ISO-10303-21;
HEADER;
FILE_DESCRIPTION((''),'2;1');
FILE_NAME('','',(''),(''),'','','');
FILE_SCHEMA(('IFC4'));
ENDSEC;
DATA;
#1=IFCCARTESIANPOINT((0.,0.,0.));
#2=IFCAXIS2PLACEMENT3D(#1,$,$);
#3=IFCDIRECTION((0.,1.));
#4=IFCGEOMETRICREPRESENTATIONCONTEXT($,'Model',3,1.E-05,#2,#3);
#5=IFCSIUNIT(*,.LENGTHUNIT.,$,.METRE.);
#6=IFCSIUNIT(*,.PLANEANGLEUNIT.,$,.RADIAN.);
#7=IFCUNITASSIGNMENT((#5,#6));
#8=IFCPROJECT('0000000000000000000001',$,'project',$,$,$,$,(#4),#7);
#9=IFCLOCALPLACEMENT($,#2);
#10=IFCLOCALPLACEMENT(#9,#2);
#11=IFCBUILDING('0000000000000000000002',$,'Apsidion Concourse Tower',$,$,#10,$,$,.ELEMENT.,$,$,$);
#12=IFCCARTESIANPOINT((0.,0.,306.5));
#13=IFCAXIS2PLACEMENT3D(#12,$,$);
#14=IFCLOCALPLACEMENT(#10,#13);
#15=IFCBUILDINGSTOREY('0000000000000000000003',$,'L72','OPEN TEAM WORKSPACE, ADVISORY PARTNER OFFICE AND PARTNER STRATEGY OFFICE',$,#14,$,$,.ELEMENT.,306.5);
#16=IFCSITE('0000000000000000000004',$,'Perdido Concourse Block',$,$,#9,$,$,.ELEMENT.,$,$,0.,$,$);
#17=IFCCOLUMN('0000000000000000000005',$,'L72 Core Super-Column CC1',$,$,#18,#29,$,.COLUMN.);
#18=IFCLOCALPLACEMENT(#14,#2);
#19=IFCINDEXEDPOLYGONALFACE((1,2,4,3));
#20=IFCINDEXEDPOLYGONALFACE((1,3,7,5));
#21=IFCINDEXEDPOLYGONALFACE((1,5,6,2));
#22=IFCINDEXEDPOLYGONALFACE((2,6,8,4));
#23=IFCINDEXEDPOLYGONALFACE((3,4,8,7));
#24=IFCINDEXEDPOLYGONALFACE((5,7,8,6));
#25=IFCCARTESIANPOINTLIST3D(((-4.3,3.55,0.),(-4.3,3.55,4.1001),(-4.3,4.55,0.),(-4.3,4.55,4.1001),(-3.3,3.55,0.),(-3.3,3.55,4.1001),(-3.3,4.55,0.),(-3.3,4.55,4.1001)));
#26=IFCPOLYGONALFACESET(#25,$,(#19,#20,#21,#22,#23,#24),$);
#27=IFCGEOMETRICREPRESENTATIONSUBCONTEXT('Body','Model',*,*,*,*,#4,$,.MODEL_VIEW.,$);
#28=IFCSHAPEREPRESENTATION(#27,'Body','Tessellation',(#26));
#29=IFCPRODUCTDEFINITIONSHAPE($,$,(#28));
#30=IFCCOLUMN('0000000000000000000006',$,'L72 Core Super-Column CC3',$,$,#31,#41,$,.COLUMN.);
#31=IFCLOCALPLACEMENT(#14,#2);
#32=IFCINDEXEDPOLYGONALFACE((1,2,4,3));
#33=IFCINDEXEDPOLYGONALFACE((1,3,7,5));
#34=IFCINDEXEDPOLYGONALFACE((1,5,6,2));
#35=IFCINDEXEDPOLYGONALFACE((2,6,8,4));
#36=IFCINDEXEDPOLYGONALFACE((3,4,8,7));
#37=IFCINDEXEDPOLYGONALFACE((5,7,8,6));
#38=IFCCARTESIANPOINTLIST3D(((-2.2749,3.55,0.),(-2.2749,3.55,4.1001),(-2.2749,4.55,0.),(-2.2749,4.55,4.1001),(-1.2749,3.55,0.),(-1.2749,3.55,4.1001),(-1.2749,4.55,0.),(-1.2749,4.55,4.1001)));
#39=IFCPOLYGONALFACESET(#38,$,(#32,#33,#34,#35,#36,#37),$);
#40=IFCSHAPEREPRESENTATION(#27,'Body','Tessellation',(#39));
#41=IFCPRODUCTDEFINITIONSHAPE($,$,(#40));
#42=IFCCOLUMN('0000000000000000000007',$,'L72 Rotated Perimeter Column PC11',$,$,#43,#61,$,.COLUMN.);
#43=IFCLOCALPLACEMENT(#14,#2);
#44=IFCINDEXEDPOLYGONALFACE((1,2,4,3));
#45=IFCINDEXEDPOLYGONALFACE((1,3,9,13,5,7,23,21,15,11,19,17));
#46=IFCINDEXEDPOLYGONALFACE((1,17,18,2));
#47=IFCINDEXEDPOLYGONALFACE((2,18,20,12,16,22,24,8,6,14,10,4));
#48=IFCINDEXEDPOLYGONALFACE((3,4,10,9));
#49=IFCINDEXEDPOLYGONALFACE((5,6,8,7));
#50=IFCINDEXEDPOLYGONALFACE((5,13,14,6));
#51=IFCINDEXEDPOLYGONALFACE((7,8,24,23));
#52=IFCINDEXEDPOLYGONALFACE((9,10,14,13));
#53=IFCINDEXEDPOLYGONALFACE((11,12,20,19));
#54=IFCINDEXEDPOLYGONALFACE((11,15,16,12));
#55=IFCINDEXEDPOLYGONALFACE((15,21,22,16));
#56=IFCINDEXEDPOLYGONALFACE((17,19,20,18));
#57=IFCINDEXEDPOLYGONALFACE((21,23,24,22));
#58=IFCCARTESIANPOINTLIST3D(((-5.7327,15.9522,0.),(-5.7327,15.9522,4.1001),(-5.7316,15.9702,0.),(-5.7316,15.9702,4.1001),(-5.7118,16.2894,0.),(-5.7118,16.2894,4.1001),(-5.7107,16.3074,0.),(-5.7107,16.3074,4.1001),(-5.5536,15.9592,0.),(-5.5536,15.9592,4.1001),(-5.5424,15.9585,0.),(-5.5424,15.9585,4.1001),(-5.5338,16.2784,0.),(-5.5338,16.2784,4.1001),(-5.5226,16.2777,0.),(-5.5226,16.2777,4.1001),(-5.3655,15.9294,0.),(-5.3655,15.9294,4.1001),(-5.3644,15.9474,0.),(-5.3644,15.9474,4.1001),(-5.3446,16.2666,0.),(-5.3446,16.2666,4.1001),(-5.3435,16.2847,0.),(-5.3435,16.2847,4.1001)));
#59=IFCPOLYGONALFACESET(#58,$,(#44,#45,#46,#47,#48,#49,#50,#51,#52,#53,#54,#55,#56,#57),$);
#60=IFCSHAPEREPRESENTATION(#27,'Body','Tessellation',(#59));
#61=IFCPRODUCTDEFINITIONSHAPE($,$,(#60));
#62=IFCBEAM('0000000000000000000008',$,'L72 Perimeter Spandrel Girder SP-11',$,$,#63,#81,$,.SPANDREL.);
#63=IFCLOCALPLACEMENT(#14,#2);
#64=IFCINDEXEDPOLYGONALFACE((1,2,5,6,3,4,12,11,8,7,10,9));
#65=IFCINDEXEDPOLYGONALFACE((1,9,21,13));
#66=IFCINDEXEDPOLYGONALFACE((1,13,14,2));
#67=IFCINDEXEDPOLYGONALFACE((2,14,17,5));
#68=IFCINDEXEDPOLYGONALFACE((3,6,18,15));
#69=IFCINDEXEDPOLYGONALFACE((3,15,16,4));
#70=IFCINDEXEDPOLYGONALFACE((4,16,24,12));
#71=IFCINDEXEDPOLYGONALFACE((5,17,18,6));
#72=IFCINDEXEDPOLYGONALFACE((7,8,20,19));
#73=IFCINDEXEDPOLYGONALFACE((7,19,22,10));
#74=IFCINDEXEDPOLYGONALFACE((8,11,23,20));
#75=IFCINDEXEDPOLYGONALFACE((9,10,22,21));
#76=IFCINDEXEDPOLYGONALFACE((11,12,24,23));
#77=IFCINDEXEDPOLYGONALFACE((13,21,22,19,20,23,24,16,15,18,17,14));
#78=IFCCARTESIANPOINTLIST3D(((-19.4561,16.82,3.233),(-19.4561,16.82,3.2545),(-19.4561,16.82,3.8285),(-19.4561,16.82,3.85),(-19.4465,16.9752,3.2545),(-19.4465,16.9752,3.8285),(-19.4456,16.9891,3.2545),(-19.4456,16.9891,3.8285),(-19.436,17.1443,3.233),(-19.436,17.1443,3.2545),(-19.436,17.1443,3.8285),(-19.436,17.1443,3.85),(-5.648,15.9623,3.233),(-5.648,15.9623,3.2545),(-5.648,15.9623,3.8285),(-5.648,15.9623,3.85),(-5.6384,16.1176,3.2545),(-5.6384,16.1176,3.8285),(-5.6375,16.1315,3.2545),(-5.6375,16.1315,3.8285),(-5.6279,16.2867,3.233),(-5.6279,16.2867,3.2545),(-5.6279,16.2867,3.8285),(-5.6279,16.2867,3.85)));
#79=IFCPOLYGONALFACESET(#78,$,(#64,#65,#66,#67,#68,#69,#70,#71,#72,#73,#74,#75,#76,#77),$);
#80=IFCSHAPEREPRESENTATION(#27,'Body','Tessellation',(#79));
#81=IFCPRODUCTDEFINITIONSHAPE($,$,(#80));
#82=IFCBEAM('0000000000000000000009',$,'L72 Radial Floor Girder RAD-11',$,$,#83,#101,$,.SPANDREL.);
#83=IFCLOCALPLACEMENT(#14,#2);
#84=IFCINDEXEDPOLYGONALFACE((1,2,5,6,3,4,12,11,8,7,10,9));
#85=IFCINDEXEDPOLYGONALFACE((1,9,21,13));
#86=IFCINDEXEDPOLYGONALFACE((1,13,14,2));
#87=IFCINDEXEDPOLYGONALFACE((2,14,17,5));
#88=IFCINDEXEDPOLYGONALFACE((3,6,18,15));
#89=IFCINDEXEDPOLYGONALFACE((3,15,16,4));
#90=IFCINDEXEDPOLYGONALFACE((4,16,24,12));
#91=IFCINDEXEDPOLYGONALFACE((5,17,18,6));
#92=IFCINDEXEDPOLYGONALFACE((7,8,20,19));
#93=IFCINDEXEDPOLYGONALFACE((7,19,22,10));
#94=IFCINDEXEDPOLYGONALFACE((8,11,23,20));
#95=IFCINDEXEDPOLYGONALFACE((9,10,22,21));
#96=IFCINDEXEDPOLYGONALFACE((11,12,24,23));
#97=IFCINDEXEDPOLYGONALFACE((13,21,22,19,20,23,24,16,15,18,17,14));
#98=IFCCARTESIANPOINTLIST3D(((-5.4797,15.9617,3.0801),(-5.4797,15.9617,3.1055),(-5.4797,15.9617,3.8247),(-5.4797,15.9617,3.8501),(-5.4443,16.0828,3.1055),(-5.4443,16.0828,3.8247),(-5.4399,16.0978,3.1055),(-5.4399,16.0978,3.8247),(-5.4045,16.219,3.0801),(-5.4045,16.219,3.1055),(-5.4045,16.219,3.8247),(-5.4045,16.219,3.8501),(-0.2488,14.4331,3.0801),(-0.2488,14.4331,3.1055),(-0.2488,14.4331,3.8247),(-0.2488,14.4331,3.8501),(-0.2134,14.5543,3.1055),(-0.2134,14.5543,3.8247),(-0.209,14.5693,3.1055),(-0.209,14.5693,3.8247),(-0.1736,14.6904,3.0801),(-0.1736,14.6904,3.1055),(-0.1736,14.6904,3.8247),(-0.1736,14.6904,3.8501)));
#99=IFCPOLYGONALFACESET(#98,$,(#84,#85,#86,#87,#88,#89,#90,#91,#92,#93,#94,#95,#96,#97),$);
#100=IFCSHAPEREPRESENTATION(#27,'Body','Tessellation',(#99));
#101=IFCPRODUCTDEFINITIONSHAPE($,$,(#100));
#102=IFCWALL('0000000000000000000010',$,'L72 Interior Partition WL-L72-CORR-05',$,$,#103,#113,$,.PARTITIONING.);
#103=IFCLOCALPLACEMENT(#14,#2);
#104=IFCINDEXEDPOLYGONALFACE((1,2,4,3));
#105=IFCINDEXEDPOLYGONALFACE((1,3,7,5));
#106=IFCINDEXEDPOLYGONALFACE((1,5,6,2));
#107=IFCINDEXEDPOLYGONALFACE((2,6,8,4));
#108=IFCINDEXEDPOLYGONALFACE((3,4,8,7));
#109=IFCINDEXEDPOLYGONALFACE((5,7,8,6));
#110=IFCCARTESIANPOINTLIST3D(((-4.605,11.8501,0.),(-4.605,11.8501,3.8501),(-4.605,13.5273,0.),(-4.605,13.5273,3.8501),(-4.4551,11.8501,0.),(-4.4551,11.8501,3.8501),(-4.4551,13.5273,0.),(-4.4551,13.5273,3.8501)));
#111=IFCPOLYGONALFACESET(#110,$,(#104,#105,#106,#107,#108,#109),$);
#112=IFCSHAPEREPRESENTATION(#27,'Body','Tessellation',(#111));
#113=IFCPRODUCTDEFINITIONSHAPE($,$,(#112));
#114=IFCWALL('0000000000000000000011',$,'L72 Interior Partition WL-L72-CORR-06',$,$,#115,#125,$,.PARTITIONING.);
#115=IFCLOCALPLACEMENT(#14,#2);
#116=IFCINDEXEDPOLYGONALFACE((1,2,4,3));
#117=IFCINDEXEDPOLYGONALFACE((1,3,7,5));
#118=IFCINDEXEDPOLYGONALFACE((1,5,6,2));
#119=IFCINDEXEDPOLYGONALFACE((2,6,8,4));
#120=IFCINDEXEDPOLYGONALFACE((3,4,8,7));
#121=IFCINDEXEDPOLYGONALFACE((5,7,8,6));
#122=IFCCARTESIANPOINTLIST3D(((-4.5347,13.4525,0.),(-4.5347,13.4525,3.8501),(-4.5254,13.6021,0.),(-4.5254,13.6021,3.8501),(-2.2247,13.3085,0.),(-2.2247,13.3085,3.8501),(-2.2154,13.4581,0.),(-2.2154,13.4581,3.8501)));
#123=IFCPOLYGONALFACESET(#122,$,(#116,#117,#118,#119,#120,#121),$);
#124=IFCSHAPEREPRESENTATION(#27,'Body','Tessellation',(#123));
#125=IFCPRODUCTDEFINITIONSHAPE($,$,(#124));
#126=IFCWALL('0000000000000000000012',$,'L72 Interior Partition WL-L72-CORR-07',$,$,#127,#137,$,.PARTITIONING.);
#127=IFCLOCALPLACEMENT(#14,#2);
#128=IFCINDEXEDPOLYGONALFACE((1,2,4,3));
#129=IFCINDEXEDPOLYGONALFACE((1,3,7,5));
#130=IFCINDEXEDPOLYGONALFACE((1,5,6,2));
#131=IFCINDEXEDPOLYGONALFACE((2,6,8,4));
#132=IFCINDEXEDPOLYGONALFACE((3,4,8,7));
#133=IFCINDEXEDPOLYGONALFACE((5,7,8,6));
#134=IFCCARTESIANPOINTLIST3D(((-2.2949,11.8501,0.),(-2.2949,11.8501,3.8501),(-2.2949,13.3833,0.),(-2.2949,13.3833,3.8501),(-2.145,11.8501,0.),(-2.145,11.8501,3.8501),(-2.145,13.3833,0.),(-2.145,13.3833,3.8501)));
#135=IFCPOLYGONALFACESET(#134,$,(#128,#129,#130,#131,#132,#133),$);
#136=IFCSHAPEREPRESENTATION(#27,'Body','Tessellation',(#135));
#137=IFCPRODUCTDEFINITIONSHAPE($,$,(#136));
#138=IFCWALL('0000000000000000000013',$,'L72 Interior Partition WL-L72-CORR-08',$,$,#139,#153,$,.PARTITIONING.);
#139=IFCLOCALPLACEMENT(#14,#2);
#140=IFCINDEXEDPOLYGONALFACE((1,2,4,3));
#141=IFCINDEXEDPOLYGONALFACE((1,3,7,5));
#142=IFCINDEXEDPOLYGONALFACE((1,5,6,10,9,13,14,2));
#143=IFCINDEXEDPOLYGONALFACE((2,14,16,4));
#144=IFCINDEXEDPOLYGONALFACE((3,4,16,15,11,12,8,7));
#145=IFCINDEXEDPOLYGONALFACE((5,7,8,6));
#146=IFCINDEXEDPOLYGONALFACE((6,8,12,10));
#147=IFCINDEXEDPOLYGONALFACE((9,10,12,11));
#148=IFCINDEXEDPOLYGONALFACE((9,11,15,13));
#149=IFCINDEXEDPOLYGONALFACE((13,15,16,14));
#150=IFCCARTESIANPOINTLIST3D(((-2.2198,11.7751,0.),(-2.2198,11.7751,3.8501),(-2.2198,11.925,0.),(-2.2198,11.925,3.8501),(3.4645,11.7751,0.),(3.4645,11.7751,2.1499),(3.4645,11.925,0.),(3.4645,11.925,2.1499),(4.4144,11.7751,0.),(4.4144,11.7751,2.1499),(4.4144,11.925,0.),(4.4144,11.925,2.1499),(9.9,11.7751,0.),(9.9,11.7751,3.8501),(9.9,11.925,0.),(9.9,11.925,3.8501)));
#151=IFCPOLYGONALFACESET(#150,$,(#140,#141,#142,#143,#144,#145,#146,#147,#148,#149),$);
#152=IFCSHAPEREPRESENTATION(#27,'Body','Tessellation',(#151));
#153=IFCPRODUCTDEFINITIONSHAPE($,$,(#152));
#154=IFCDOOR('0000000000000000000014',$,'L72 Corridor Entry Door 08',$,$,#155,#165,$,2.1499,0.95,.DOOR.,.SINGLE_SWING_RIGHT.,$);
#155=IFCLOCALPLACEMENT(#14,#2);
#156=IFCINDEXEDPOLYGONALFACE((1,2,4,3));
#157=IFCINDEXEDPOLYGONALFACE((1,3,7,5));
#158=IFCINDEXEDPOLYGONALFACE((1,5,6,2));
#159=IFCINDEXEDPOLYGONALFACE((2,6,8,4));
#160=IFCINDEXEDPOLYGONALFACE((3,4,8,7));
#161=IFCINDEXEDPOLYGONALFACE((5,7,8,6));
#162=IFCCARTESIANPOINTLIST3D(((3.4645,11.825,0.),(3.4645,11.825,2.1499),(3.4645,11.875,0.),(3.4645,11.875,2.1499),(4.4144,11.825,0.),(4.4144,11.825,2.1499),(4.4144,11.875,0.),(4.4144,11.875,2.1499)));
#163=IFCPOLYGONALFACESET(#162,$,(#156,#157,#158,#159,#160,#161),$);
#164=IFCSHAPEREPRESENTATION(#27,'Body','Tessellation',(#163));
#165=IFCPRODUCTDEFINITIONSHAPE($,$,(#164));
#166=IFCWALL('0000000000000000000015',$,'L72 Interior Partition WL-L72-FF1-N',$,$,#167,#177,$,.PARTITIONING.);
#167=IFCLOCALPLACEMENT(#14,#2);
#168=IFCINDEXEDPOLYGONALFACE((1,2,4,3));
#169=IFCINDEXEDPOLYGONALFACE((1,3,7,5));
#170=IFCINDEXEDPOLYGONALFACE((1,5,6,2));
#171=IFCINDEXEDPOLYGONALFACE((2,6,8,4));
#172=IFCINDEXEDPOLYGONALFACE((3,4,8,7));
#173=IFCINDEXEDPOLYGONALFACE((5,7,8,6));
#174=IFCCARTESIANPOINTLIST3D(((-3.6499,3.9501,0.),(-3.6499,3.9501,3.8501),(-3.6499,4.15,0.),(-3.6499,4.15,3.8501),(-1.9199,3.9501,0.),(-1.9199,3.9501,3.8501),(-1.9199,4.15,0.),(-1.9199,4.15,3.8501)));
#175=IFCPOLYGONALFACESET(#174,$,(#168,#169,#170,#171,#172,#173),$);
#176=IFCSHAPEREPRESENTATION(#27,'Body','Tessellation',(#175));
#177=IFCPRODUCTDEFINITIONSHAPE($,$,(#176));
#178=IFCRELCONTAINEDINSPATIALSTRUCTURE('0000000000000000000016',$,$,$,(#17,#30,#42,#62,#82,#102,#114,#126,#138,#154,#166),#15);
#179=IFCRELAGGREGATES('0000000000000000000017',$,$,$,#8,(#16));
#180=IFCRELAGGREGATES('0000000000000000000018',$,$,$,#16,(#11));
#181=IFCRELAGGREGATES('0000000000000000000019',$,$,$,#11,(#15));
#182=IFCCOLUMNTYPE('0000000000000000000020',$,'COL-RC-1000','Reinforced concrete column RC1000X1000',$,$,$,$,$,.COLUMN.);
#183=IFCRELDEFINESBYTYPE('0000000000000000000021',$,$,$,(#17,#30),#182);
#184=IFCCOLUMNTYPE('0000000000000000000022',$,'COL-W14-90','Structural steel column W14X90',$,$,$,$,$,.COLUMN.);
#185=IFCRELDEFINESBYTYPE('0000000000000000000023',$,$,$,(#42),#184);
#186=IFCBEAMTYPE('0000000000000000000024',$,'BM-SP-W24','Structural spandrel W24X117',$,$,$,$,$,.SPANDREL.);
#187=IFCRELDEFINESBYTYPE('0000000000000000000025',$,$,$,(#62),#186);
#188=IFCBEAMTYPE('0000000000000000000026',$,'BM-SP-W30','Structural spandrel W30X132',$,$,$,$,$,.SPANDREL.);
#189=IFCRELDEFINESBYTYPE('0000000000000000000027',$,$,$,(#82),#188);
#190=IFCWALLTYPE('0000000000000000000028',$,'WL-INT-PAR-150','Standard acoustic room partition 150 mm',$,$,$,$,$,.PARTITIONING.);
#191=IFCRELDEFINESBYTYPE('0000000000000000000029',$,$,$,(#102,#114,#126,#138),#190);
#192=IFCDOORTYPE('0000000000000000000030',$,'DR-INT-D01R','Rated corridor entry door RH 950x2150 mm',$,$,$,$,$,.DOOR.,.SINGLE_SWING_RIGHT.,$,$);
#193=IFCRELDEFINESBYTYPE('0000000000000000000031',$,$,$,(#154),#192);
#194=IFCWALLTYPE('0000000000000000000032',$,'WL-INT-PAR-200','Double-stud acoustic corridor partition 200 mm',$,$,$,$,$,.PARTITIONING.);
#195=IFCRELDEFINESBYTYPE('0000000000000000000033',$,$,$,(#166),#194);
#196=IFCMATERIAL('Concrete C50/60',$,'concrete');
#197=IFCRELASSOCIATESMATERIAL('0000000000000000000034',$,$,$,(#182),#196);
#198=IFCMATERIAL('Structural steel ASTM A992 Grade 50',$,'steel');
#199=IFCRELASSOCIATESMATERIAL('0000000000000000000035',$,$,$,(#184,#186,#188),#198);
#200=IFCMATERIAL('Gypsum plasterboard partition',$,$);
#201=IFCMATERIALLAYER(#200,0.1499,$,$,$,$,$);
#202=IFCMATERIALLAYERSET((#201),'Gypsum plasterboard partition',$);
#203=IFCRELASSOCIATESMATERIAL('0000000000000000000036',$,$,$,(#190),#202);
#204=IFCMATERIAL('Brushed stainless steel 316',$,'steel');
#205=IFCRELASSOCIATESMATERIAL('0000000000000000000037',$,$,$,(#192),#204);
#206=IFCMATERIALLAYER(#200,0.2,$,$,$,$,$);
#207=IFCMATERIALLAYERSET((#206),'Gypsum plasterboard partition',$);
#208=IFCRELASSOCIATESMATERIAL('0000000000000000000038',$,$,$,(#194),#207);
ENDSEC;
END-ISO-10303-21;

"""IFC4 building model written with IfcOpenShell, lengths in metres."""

from ifc_helpers import new_model, si_unit, direction, frame, frame_2d, origin, origin_2d, place, context, subcontext, project, spatial, rectangle, i_section, extrude, material, layer, layer_set, material_profile, profile_set, type_object, element, fill, save


model = new_model("IFC4")

# Units and contexts
model_context = context("Model", 3, precision=1e-05, world=origin(), true_north=direction((0.0, 1.0)))
body_context = subcontext(model_context, "Body", "Model", "MODEL_VIEW")
ifc_project = project(units=[si_unit("LENGTHUNIT", "METRE"), si_unit("PLANEANGLEUNIT", "RADIAN")], contexts=[model_context])

# Site, building, storey
site_placement = place(None, origin())
site = spatial("IfcSite", under=ifc_project, at=site_placement, Name="Perdido Concourse Block", CompositionType="ELEMENT", RefElevation=0.0)
building_placement = place(site_placement, origin())
building = spatial("IfcBuilding", under=site, at=building_placement, Name="Apsidion Concourse Tower", CompositionType="ELEMENT")
storey_placement = place(building_placement, frame((0.0, 0.0, 306.5)))
storey = spatial("IfcBuildingStorey", under=building, at=storey_placement, Name="L72", Description="OPEN TEAM WORKSPACE, ADVISORY PARTNER OFFICE AND PARTNER STRATEGY OFFICE", CompositionType="ELEMENT", Elevation=306.5)

# Columns
ifc_material_1 = material(Name="Concrete C50/60", Category="concrete")
ifc_material_profile_1 = material_profile(ifc_material_1, rectangle(XDim=1.0, YDim=1.0, at=origin_2d()), Name="RC 1000x1000")
ifc_profile_set_1 = profile_set([ifc_material_profile_1], Name="Concrete C50/60")
column_type_1 = type_object("IfcColumnType", Name="COL-RC-1000", Description="Reinforced concrete column RC1000X1000", PredefinedType="COLUMN", material=ifc_profile_set_1)
for number, where, z_axis, x_axis, name in (
    (1, (-3.8, 4.05, 0.0), (0.0, 0.0, 1.0), (1.0, 0.0, 0.0), "L72 Core Super-Column CC1"),
    (2, (-1.7749, 4.05, 0.0), (0.0, 0.0, 1.0), (1.0, 0.0, 0.0), "L72 Core Super-Column CC3"),
):
    element("IfcColumn", number, at=place(storey_placement, frame(where, z_axis=z_axis, x_axis=x_axis)), inside=storey, type_object=column_type_1, Name=name, PredefinedType="COLUMN", context=body_context, shape_type="SweptSolid", body=[
        extrude(rectangle(XDim=1.0, YDim=1.0, at=origin_2d()), origin(), (0.0, 0.0, 1.0), 4.1001),
    ])
ifc_material_2 = material(Name="Structural steel ASTM A992 Grade 50", Category="steel")
ifc_material_profile_2 = material_profile(ifc_material_2, i_section(OverallWidth=0.3679, OverallDepth=0.356, WebThickness=0.0112, FlangeThickness=0.0181, at=origin_2d()), Name="W14X90")
ifc_profile_set_2 = profile_set([ifc_material_profile_2], Name="Structural steel ASTM A992 Grade 50")
column_type_2 = type_object("IfcColumnType", Name="COL-W14-90", Description="Structural steel column W14X90", PredefinedType="COLUMN", material=ifc_profile_set_2)
column_placement = place(storey_placement, frame((-5.5381, 16.1184, 0.0), z_axis=(0.0, 0.0, 1.0), x_axis=(-0.998081, 0.06192, 0.0)))
element("IfcColumn", 3, at=column_placement, inside=storey, type_object=column_type_2, Name="L72 Rotated Perimeter Column PC11", PredefinedType="COLUMN", context=body_context, shape_type="SweptSolid", body=[
    extrude(i_section(OverallWidth=0.3679, OverallDepth=0.356, WebThickness=0.0112, FlangeThickness=0.0181, at=origin_2d()), origin(), (0.0, 0.0, 1.0), 4.1001),
])

# Beams
ifc_material_profile_3 = material_profile(ifc_material_2, i_section(OverallWidth=0.325, OverallDepth=0.6169, WebThickness=0.0139, FlangeThickness=0.0215, at=origin_2d()), Name="W24X117")
ifc_profile_set_3 = profile_set([ifc_material_profile_3], Name="Structural steel ASTM A992 Grade 50")
beam_type_1 = type_object("IfcBeamType", Name="BM-SP-W24", Description="Structural spandrel W24X117", PredefinedType="SPANDREL", material=ifc_profile_set_3)
beam_1_placement = place(storey_placement, frame((-5.6379, 16.1245, 3.5415), z_axis=(-0.998077, 0.061994, 0.0), x_axis=(-0.061994, -0.998077, 0.0)))
element("IfcBeam", 4, at=beam_1_placement, inside=storey, type_object=beam_type_1, Name="L72 Perimeter Spandrel Girder SP-11", PredefinedType="SPANDREL", context=body_context, shape_type="SweptSolid", body=[
    extrude(i_section(OverallWidth=0.325, OverallDepth=0.6169, WebThickness=0.0139, FlangeThickness=0.0215, at=origin_2d()), origin(), (0.0, 0.0, 1.0), 13.8347),
])
ifc_material_profile_4 = material_profile(ifc_material_2, i_section(OverallWidth=0.2681, OverallDepth=0.77, WebThickness=0.0156, FlangeThickness=0.0254, at=origin_2d()), Name="W30X132")
ifc_profile_set_4 = profile_set([ifc_material_profile_4], Name="Structural steel ASTM A992 Grade 50")
beam_type_2 = type_object("IfcBeamType", Name="BM-SP-W30", Description="Structural spandrel W30X132", PredefinedType="SPANDREL", material=ifc_profile_set_4)
beam_2_placement = place(storey_placement, frame((-0.2112, 14.5618, 3.4651), z_axis=(-0.959858, 0.280485, 0.0), x_axis=(-0.280485, -0.959858, 0.0)))
element("IfcBeam", 5, at=beam_2_placement, inside=storey, type_object=beam_type_2, Name="L72 Radial Floor Girder RAD-11", PredefinedType="SPANDREL", context=body_context, shape_type="SweptSolid", body=[
    extrude(i_section(OverallWidth=0.2681, OverallDepth=0.77, WebThickness=0.0156, FlangeThickness=0.0254, at=origin_2d()), origin(), (0.0, 0.0, 1.0), 5.4497),
])

# Walls
ifc_material_3 = material(Name="Gypsum plasterboard partition")
ifc_layer_1 = layer(ifc_material_3, 0.1499)
ifc_layer_set_1 = layer_set([ifc_layer_1], Name="Gypsum plasterboard partition")
wall_type_1 = type_object("IfcWallType", Name="WL-INT-PAR-150", Description="Standard acoustic room partition 150 mm", PredefinedType="PARTITIONING", material=ifc_layer_set_1)
wall_1_placement = place(storey_placement, frame((-4.53, 11.8501, 0.0), z_axis=(0.0, 0.0, 1.0), x_axis=(0.0, 1.0, 0.0)))
element("IfcWall", 6, at=wall_1_placement, inside=storey, type_object=wall_type_1, Name="L72 Interior Partition WL-L72-CORR-05", PredefinedType="PARTITIONING", context=body_context, shape_type="SweptSolid", body=[
    extrude(rectangle(XDim=1.6772, YDim=0.1499, at=frame_2d((0.8386, 0.0))), origin(), (0.0, 0.0, 1.0), 3.8501),
])
wall_2_placement = place(storey_placement, frame((-4.53, 13.5273, 0.0), z_axis=(0.0, 0.0, 1.0), x_axis=(0.998062, -0.062234, 0.0)))
element("IfcWall", 7, at=wall_2_placement, inside=storey, type_object=wall_type_1, Name="L72 Interior Partition WL-L72-CORR-06", PredefinedType="PARTITIONING", context=body_context, shape_type="SweptSolid", body=[
    extrude(rectangle(XDim=2.3145, YDim=0.1499, at=frame_2d((1.1572, 0.0))), origin(), (0.0, 0.0, 1.0), 3.8501),
])
wall_3_placement = place(storey_placement, frame((-2.22, 13.3833, 0.0), z_axis=(0.0, 0.0, 1.0), x_axis=(0.0, -1.0, 0.0)))
element("IfcWall", 8, at=wall_3_placement, inside=storey, type_object=wall_type_1, Name="L72 Interior Partition WL-L72-CORR-07", PredefinedType="PARTITIONING", context=body_context, shape_type="SweptSolid", body=[
    extrude(rectangle(XDim=1.5332, YDim=0.1499, at=frame_2d((0.7666, 0.0))), origin(), (0.0, 0.0, 1.0), 3.8501),
])

# Wall, opening, door
wall_4_placement = place(storey_placement, frame((-2.22, 11.8501, 0.0), z_axis=(0.0, 0.0, 1.0), x_axis=(1.0, 0.0, 0.0)))
wall_4 = element("IfcWall", 9, at=wall_4_placement, inside=storey, type_object=wall_type_1, Name="L72 Interior Partition WL-L72-CORR-08", PredefinedType="PARTITIONING", context=body_context, shape_type="SweptSolid", body=[
    extrude(rectangle(XDim=12.1199, YDim=0.1499, at=frame_2d((6.0601, 0.0))), origin(), (0.0, 0.0, 1.0), 3.8501),
])
opening_placement = place(wall_4_placement, frame((5.6843, 0.0, 0.0)))
opening = element("IfcOpeningElement", 10, at=opening_placement, cuts=wall_4, PredefinedType="OPENING", context=body_context, shape_type="SweptSolid", body=[
    extrude(rectangle(XDim=0.95, YDim=2.1499, at=frame_2d((0.4751, 1.075))), frame((0.0, 0.085, 0.0), z_axis=(0.0, -1.0, 0.0), x_axis=(1.0, 0.0, 0.0)), (0.0, 0.0, 1.0), 0.1699),
])
ifc_material_4 = material(Name="Brushed stainless steel 316", Category="steel")
door_type = type_object("IfcDoorType", Name="DR-INT-D01R", Description="Rated corridor entry door RH 950x2150 mm", OperationType="SINGLE_SWING_RIGHT", PredefinedType="DOOR", material=ifc_material_4)
door_placement = place(opening_placement, origin())
door = element("IfcDoor", 11, at=door_placement, inside=storey, type_object=door_type, Name="L72 Corridor Entry Door 08", OperationType="SINGLE_SWING_RIGHT", OverallHeight=2.1499, OverallWidth=0.95, PredefinedType="DOOR", context=body_context, shape_type="SweptSolid", body=[
    extrude(rectangle(XDim=0.95, YDim=2.1499, at=frame_2d((0.4751, 1.075))), frame((0.0, 0.0249, 0.0), z_axis=(0.0, -1.0, 0.0), x_axis=(1.0, 0.0, 0.0)), (0.0, 0.0, 1.0), 0.05),
])
fill(opening, door)

# Wall
ifc_layer_2 = layer(ifc_material_3, 0.2)
ifc_layer_set_2 = layer_set([ifc_layer_2], Name="Gypsum plasterboard partition")
wall_type_2 = type_object("IfcWallType", Name="WL-INT-PAR-200", Description="Double-stud acoustic corridor partition 200 mm", PredefinedType="PARTITIONING", material=ifc_layer_set_2)
wall_5_placement = place(storey_placement, frame((-3.6499, 4.05, 0.0), z_axis=(0.0, 0.0, 1.0), x_axis=(1.0, 0.0, 0.0)))
element("IfcWall", 12, at=wall_5_placement, inside=storey, type_object=wall_type_2, Name="L72 Interior Partition WL-L72-FF1-N", PredefinedType="PARTITIONING", context=body_context, shape_type="SweptSolid", body=[
    extrude(rectangle(XDim=1.73, YDim=0.2, at=frame_2d((0.865, 0.0))), origin(), (0.0, 0.0, 1.0), 3.8501),
])

save(model, "model.ifc")
